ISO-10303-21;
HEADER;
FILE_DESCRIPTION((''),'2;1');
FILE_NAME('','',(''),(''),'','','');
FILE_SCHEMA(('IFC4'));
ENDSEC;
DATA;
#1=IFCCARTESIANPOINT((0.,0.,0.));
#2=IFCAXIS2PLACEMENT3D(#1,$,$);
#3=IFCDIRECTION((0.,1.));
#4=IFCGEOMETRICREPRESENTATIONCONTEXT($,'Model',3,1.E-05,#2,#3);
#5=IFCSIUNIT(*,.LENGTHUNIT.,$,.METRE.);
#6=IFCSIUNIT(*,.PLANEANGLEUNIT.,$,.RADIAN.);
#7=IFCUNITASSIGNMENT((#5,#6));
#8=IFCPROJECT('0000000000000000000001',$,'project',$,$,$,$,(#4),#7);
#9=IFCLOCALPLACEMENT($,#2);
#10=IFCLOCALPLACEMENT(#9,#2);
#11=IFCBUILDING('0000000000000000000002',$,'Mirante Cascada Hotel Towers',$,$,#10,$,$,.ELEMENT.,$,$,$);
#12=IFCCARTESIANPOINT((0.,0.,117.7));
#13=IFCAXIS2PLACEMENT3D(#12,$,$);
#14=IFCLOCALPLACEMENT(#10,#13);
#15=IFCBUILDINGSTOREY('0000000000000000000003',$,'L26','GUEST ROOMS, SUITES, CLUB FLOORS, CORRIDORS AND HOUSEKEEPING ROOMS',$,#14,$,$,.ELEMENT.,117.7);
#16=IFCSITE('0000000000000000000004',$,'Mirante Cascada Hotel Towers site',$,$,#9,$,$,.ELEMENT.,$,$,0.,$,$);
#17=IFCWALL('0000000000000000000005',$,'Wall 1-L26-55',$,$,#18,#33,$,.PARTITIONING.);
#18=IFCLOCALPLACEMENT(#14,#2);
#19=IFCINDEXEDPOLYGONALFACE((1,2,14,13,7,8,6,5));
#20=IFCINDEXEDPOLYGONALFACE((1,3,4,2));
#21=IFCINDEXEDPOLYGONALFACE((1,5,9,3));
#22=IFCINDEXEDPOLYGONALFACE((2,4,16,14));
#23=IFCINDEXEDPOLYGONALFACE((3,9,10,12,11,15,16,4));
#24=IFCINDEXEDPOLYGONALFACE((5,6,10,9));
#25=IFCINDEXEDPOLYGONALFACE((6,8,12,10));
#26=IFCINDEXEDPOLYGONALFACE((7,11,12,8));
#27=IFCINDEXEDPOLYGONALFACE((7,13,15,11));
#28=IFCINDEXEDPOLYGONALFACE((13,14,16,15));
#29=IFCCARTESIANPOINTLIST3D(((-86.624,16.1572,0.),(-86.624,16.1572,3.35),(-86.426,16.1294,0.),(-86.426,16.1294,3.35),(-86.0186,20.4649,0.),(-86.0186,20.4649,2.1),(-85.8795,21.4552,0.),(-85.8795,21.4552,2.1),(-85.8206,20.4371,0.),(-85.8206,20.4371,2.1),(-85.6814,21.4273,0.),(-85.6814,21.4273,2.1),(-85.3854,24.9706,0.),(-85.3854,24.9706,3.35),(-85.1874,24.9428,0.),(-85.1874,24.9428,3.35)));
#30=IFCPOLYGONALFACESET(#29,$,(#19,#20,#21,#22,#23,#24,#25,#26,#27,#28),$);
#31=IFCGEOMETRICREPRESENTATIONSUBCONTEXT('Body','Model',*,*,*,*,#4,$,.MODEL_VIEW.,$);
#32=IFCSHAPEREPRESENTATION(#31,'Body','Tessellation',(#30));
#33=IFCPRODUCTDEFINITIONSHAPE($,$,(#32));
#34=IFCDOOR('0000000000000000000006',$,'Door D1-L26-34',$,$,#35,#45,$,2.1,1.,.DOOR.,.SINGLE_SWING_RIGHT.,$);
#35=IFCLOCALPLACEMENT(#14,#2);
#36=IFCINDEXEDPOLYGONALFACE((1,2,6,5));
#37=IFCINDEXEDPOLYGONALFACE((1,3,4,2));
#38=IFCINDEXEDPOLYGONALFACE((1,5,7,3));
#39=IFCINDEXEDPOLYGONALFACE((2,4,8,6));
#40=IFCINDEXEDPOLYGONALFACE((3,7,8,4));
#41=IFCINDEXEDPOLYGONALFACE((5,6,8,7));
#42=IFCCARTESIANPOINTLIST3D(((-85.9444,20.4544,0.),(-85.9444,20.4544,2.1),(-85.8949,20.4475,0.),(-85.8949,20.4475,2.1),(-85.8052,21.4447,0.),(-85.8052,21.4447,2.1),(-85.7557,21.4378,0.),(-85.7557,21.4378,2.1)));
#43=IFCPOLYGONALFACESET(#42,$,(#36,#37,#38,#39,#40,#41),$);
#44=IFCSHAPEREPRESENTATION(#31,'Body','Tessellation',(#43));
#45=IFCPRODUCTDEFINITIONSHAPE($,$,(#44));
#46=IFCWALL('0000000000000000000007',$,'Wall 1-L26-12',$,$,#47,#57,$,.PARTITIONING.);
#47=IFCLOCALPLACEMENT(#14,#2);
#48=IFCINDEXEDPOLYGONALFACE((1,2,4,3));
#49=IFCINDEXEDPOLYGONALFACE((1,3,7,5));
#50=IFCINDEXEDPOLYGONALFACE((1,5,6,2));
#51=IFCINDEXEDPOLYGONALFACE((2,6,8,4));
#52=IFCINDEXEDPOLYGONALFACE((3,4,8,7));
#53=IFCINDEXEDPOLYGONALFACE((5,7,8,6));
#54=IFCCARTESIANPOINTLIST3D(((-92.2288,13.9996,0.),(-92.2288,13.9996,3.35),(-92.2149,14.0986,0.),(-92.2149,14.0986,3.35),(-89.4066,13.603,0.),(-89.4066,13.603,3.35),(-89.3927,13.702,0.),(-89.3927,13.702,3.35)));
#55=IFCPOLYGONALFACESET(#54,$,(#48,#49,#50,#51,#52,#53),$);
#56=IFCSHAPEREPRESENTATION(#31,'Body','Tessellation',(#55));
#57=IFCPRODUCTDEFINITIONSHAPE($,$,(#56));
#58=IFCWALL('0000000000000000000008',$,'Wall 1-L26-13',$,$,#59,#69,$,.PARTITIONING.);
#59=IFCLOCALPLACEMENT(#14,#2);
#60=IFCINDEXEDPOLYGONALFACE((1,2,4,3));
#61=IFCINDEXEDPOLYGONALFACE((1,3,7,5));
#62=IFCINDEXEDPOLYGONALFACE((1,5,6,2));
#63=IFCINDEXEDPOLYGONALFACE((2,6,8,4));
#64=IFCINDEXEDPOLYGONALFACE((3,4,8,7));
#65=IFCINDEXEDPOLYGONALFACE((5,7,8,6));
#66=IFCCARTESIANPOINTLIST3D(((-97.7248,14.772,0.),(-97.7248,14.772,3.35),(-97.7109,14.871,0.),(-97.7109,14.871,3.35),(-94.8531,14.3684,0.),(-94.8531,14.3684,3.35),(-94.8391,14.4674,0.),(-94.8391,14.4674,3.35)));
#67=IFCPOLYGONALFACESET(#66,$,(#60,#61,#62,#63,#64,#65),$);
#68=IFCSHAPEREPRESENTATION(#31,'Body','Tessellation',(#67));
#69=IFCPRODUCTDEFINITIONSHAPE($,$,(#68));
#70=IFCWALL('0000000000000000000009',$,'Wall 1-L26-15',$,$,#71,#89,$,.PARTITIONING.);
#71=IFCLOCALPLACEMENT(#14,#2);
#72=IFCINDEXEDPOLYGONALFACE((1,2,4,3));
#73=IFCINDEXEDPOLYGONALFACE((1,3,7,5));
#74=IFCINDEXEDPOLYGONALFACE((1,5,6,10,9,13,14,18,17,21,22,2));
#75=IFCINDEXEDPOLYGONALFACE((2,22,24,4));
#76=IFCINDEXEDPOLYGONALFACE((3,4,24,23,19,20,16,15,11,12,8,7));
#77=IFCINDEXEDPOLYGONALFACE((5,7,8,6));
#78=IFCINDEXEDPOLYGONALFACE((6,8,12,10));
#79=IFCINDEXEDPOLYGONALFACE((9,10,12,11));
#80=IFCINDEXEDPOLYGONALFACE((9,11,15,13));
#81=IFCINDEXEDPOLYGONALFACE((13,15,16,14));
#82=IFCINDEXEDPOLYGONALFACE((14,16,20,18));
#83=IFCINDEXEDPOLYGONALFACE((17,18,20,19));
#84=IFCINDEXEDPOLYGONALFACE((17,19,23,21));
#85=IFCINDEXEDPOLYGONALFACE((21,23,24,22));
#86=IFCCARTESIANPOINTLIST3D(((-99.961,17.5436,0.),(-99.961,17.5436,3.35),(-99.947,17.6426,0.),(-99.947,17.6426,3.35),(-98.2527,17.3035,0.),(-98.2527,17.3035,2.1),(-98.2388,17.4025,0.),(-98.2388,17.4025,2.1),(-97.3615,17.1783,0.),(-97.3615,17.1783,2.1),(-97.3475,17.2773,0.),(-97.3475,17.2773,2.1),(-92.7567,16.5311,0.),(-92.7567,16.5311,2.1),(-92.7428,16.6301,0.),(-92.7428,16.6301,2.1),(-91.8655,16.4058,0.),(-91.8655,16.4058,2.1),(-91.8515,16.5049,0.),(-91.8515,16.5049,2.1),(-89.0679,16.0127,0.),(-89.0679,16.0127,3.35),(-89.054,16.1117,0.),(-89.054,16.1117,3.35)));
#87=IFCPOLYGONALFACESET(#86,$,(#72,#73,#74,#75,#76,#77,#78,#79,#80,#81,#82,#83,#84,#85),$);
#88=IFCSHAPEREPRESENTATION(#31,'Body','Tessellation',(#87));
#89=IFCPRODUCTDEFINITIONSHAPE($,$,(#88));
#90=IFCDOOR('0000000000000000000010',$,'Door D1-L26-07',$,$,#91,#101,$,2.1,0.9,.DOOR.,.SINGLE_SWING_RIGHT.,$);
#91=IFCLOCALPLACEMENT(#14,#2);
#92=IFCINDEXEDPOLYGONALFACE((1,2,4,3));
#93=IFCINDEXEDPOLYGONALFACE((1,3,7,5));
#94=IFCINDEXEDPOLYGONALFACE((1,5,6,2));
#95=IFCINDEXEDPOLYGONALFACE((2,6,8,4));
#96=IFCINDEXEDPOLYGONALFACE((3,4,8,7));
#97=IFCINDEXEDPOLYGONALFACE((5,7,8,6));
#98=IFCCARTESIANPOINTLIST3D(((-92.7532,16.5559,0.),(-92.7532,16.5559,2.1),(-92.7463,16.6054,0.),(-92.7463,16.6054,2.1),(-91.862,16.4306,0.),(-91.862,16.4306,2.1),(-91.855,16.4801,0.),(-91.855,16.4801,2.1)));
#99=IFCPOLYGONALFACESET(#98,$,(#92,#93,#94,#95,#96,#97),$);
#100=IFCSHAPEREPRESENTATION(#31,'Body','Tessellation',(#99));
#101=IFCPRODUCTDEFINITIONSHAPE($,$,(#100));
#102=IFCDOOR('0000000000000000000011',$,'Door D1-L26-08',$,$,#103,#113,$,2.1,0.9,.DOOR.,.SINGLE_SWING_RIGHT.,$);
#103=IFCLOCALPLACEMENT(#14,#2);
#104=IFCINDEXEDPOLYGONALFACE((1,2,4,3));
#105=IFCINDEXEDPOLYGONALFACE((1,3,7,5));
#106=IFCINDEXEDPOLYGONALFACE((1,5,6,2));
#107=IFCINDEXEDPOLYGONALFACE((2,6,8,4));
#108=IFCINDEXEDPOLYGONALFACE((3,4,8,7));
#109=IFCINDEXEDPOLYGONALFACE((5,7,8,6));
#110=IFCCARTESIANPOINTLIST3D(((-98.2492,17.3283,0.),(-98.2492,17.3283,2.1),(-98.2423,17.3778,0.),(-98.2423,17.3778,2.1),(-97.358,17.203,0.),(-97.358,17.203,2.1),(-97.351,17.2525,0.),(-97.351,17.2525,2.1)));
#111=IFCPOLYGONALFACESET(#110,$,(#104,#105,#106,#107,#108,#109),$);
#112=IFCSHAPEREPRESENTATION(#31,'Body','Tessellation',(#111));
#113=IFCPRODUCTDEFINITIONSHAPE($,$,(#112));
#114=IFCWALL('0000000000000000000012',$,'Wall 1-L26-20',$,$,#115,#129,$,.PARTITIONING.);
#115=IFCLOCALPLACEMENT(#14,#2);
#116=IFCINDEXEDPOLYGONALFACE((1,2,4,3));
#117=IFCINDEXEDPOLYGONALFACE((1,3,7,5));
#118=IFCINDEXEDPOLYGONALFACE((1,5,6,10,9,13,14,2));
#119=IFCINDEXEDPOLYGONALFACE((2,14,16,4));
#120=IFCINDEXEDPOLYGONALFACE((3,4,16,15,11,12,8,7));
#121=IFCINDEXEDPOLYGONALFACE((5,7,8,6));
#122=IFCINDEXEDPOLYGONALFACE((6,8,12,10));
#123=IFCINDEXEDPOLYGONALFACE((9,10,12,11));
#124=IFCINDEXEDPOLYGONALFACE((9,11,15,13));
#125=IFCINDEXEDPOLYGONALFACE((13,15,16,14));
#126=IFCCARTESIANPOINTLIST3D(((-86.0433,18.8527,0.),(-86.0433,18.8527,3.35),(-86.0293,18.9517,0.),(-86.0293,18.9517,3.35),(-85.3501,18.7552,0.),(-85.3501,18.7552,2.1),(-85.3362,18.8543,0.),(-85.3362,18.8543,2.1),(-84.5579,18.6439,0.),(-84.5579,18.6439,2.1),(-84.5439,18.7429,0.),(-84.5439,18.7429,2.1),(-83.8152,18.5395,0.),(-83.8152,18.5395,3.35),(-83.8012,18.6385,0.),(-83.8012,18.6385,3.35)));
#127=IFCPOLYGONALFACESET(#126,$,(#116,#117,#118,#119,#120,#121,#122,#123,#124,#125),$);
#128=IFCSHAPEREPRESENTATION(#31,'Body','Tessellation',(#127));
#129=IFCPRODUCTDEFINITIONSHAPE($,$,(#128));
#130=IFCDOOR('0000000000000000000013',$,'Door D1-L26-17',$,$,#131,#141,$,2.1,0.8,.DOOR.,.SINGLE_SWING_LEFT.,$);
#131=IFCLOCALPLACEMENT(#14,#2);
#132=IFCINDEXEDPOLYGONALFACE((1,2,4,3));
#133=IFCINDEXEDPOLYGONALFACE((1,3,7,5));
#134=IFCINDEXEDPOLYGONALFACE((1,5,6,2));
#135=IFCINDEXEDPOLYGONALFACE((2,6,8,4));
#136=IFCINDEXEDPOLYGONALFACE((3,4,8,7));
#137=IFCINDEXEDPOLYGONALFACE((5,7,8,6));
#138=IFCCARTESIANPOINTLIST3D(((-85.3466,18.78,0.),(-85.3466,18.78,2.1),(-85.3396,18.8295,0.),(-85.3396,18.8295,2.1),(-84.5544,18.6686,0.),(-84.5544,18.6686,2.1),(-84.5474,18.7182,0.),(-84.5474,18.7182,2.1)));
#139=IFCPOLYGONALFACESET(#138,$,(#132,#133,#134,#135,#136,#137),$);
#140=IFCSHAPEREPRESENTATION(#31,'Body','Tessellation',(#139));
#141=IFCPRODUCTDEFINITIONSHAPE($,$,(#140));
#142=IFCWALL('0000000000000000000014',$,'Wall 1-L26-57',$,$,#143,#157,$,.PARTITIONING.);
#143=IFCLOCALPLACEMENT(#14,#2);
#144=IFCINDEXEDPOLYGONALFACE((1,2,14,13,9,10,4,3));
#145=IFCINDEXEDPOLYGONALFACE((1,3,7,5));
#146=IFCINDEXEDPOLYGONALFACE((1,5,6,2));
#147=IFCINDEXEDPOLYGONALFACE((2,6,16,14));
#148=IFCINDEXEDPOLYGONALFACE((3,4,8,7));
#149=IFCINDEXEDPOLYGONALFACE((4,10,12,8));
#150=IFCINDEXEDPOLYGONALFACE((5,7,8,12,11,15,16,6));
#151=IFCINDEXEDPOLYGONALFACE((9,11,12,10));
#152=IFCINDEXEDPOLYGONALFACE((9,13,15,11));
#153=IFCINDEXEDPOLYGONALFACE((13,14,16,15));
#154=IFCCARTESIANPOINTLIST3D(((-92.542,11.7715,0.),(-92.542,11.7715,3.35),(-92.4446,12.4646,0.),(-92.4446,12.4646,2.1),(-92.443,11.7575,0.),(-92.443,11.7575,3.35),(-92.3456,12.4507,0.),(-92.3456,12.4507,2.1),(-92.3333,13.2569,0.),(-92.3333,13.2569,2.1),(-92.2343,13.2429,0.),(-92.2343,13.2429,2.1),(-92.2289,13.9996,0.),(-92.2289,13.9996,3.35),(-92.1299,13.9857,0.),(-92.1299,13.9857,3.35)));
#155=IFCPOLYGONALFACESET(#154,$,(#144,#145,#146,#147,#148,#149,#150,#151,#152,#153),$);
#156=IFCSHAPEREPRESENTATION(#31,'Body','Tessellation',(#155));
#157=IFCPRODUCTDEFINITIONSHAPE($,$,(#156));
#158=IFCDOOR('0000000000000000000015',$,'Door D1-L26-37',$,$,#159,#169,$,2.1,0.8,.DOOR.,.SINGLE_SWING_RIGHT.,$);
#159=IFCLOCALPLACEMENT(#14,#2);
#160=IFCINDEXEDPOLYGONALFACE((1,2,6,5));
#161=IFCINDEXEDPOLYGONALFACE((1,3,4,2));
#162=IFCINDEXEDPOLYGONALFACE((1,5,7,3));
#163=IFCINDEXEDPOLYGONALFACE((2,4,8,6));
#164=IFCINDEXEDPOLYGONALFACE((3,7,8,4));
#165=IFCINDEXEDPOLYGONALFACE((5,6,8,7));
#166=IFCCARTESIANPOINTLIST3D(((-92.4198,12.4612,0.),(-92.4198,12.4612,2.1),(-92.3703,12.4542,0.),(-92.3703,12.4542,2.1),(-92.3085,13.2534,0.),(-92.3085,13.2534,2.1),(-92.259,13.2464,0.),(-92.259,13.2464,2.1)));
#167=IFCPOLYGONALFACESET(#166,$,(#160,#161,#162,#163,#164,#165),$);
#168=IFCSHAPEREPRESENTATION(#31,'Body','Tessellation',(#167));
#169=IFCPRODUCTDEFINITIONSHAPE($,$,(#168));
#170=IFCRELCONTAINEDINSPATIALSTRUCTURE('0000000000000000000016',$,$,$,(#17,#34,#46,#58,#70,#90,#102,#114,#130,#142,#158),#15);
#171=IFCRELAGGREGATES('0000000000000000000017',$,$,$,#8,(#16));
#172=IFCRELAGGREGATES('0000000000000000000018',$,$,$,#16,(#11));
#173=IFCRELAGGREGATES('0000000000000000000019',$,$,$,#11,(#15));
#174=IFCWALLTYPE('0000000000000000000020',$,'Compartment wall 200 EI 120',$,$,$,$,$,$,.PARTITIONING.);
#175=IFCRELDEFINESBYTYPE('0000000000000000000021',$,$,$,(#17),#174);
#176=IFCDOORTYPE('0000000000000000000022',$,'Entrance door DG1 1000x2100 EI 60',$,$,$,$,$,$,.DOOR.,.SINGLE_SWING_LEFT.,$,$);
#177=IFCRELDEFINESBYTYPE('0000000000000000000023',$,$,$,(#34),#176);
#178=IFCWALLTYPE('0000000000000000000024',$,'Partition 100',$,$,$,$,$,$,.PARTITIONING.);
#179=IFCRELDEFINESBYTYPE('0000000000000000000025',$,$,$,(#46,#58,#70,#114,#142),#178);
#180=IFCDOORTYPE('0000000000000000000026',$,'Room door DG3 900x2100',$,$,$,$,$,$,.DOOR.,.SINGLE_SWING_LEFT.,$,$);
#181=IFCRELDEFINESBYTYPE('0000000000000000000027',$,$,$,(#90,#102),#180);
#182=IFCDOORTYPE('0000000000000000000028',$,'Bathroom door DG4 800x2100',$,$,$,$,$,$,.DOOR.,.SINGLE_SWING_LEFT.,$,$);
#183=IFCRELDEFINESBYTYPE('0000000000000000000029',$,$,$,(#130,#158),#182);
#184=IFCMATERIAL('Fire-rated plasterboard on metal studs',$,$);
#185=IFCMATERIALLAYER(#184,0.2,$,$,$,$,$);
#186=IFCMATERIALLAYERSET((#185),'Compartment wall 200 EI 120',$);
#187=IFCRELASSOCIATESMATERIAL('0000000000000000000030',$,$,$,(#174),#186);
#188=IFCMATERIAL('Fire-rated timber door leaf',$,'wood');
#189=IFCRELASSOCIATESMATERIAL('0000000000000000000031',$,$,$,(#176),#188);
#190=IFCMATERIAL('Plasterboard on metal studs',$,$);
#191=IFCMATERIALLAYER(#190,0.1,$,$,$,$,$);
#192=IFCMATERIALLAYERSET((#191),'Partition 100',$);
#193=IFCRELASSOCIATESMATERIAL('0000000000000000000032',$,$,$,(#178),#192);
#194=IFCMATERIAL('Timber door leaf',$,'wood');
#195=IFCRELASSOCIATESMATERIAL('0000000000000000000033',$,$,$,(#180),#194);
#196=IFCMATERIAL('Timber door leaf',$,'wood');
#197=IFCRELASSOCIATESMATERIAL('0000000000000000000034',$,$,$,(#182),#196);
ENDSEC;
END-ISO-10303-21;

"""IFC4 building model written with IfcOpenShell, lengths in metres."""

from ifc_helpers import new_model, si_unit, direction, frame, frame_2d, origin, place, context, subcontext, project, spatial, rectangle, extrude, material, layer, layer_set, type_object, element, fill, save


model = new_model("IFC4")

# Units and contexts
model_context = context("Model", 3, precision=1e-05, world=origin(), true_north=direction((0.0, 1.0)))
body_context = subcontext(model_context, "Body", "Model", "MODEL_VIEW")
ifc_project = project(units=[si_unit("LENGTHUNIT", "METRE"), si_unit("PLANEANGLEUNIT", "RADIAN")], contexts=[model_context])

# Site, building, storey
site_placement = place(None, origin())
site = spatial("IfcSite", under=ifc_project, at=site_placement, Name="Mirante Cascada Hotel Towers site", CompositionType="ELEMENT", RefElevation=0.0)
building_placement = place(site_placement, origin())
building = spatial("IfcBuilding", under=site, at=building_placement, Name="Mirante Cascada Hotel Towers", CompositionType="ELEMENT")
storey_placement = place(building_placement, frame((0.0, 0.0, 117.7)))
storey = spatial("IfcBuildingStorey", under=building, at=storey_placement, Name="L26", Description="GUEST ROOMS, SUITES, CLUB FLOORS, CORRIDORS AND HOUSEKEEPING ROOMS", CompositionType="ELEMENT", Elevation=117.7)

# Shared definitions
ifc_material_1 = material(Name="Fire-rated plasterboard on metal studs")
ifc_layer_1 = layer(ifc_material_1, 0.2)
ifc_layer_set_1 = layer_set([ifc_layer_1], Name="Compartment wall 200 EI 120")
wall_type_1 = type_object("IfcWallType", Name="Compartment wall 200 EI 120", PredefinedType="PARTITIONING", material=ifc_layer_set_1)
ifc_material_2 = material(Name="Fire-rated timber door leaf", Category="wood")
door_type_1 = type_object("IfcDoorType", Name="Entrance door DG1 1000x2100 EI 60", OperationType="SINGLE_SWING_LEFT", PredefinedType="DOOR", material=ifc_material_2)

# Wall, opening, door
wall_1_placement = place(storey_placement, frame((-86.525, 16.1433, 0.0), z_axis=(0.0, 0.0, 1.0), x_axis=(0.139168, 0.990269, 0.0)))
wall_1 = element("IfcWall", 1, at=wall_1_placement, inside=storey, type_object=wall_type_1, Name="Wall 1-L26-55", PredefinedType="PARTITIONING", context=body_context, shape_type="SweptSolid", body=[
    extrude(rectangle(XDim=8.9, YDim=0.2, at=frame_2d((4.45, 0.0))), origin(), (0.0, 0.0, 1.0), 3.35),
])
opening_1_placement = place(wall_1_placement, frame((4.35, 0.0, 0.0)))
opening_1 = element("IfcOpeningElement", 2, at=opening_1_placement, cuts=wall_1, PredefinedType="OPENING", context=body_context, shape_type="SweptSolid", body=[
    extrude(rectangle(XDim=1.0, YDim=2.1, at=frame_2d((0.5, 1.05))), frame((0.0, 0.1, 0.0), z_axis=(0.0, -1.0, 0.0), x_axis=(1.0, 0.0, 0.0)), (0.0, 0.0, 1.0), 0.2),
])
door_1_placement = place(opening_1_placement, frame((1.0, 0.0, 0.0), z_axis=(0.0, 0.0, 1.0), x_axis=(-1.0, 0.0, 0.0)))
door_1 = element("IfcDoor", 3, at=door_1_placement, inside=storey, type_object=door_type_1, Name="Door D1-L26-34", OperationType="SINGLE_SWING_RIGHT", OverallHeight=2.1, OverallWidth=1.0, PredefinedType="DOOR", context=body_context, shape_type="SweptSolid", body=[
    extrude(rectangle(XDim=1.0, YDim=2.1, at=frame_2d((0.5, 1.05))), frame((0.0, 0.025, 0.0), z_axis=(0.0, -1.0, 0.0), x_axis=(1.0, 0.0, 0.0)), (0.0, 0.0, 1.0), 0.05),
])
fill(opening_1, door_1)

# Walls
ifc_material_3 = material(Name="Plasterboard on metal studs")
ifc_layer_2 = layer(ifc_material_3, 0.1)
ifc_layer_set_2 = layer_set([ifc_layer_2], Name="Partition 100")
wall_type_2 = type_object("IfcWallType", Name="Partition 100", PredefinedType="PARTITIONING", material=ifc_layer_set_2)
wall_2_placement = place(storey_placement, frame((-92.2219, 14.0491, 0.0), z_axis=(0.0, 0.0, 1.0), x_axis=(0.99027, -0.139161, 0.0)))
element("IfcWall", 4, at=wall_2_placement, inside=storey, type_object=wall_type_2, Name="Wall 1-L26-12", PredefinedType="PARTITIONING", context=body_context, shape_type="SweptSolid", body=[
    extrude(rectangle(XDim=2.8499, YDim=0.1, at=frame_2d((1.425, 0.0))), origin(), (0.0, 0.0, 1.0), 3.35),
])
wall_3_placement = place(storey_placement, frame((-94.8461, 14.4179, 0.0), z_axis=(0.0, 0.0, 1.0), x_axis=(-0.990268, 0.139171, 0.0)))
element("IfcWall", 5, at=wall_3_placement, inside=storey, type_object=wall_type_2, Name="Wall 1-L26-13", PredefinedType="PARTITIONING", context=body_context, shape_type="SweptSolid", body=[
    extrude(rectangle(XDim=2.9, YDim=0.1, at=frame_2d((1.45, 0.0))), origin(), (0.0, 0.0, 1.0), 3.35),
])

# Wall, openings, doors
wall_4_placement = place(storey_placement, frame((-89.061, 16.0622, 0.0), z_axis=(0.0, 0.0, 1.0), x_axis=(-0.990268, 0.139172, 0.0)))
wall_4 = element("IfcWall", 6, at=wall_4_placement, inside=storey, type_object=wall_type_2, Name="Wall 1-L26-15", PredefinedType="PARTITIONING", context=body_context, shape_type="SweptSolid", body=[
    extrude(rectangle(XDim=11.0001, YDim=0.1, at=frame_2d((5.5, 0.0))), origin(), (0.0, 0.0, 1.0), 3.35),
])
opening_2_placement = place(wall_4_placement, frame((2.825, 0.0, 0.0)))
opening_2 = element("IfcOpeningElement", 7, at=opening_2_placement, cuts=wall_4, PredefinedType="OPENING", context=body_context, shape_type="SweptSolid", body=[
    extrude(rectangle(XDim=0.9, YDim=2.1, at=frame_2d((0.45, 1.05))), frame((0.0, 0.05, 0.0), z_axis=(0.0, -1.0, 0.0), x_axis=(1.0, 0.0, 0.0)), (0.0, 0.0, 1.0), 0.1),
])
opening_3_placement = place(wall_4_placement, frame((8.375, 0.0, 0.0)))
opening_3 = element("IfcOpeningElement", 8, at=opening_3_placement, cuts=wall_4, PredefinedType="OPENING", context=body_context, shape_type="SweptSolid", body=[
    extrude(rectangle(XDim=0.9, YDim=2.1, at=frame_2d((0.45, 1.05))), frame((0.0, 0.05, 0.0), z_axis=(0.0, -1.0, 0.0), x_axis=(1.0, 0.0, 0.0)), (0.0, 0.0, 1.0), 0.1),
])
ifc_material_4 = material(Name="Timber door leaf", Category="wood")
door_type_2 = type_object("IfcDoorType", Name="Room door DG3 900x2100", OperationType="SINGLE_SWING_LEFT", PredefinedType="DOOR", material=ifc_material_4)
door_2_placement = place(opening_2_placement, frame((0.9, 0.0, 0.0), z_axis=(0.0, 0.0, 1.0), x_axis=(-1.0, 0.0, 0.0)))
door_2 = element("IfcDoor", 9, at=door_2_placement, inside=storey, type_object=door_type_2, Name="Door D1-L26-07", OperationType="SINGLE_SWING_RIGHT", OverallHeight=2.1, OverallWidth=0.9, PredefinedType="DOOR", context=body_context, shape_type="SweptSolid", body=[
    extrude(rectangle(XDim=0.9, YDim=2.1, at=frame_2d((0.45, 1.05))), frame((0.0, 0.025, 0.0), z_axis=(0.0, -1.0, 0.0), x_axis=(1.0, 0.0, 0.0)), (0.0, 0.0, 1.0), 0.05),
])
fill(opening_2, door_2)
door_3_placement = place(opening_3_placement, frame((0.9, 0.0, 0.0), z_axis=(0.0, 0.0, 1.0), x_axis=(-1.0, 0.0, 0.0)))
door_3 = element("IfcDoor", 10, at=door_3_placement, inside=storey, type_object=door_type_2, Name="Door D1-L26-08", OperationType="SINGLE_SWING_RIGHT", OverallHeight=2.1, OverallWidth=0.9, PredefinedType="DOOR", context=body_context, shape_type="SweptSolid", body=[
    extrude(rectangle(XDim=0.9, YDim=2.1, at=frame_2d((0.45, 1.05))), frame((0.0, 0.025, 0.0), z_axis=(0.0, -1.0, 0.0), x_axis=(1.0, 0.0, 0.0)), (0.0, 0.0, 1.0), 0.05),
])
fill(opening_3, door_3)

# Walls, openings, doors
wall_5_placement = place(storey_placement, frame((-86.0363, 18.9022, 0.0), z_axis=(0.0, 0.0, 1.0), x_axis=(0.990264, -0.1392, 0.0)))
wall_5 = element("IfcWall", 11, at=wall_5_placement, inside=storey, type_object=wall_type_2, Name="Wall 1-L26-20", PredefinedType="PARTITIONING", context=body_context, shape_type="SweptSolid", body=[
    extrude(rectangle(XDim=2.25, YDim=0.1, at=frame_2d((1.125, 0.0))), origin(), (0.0, 0.0, 1.0), 3.35),
])
opening_4_placement = place(wall_5_placement, frame((0.7, 0.0, 0.0)))
opening_4 = element("IfcOpeningElement", 12, at=opening_4_placement, cuts=wall_5, PredefinedType="OPENING", context=body_context, shape_type="SweptSolid", body=[
    extrude(rectangle(XDim=0.8, YDim=2.1, at=frame_2d((0.4, 1.05))), frame((0.0, 0.05, 0.0), z_axis=(0.0, -1.0, 0.0), x_axis=(1.0, 0.0, 0.0)), (0.0, 0.0, 1.0), 0.1),
])
ifc_material_5 = material(Name="Timber door leaf", Category="wood")
door_type_3 = type_object("IfcDoorType", Name="Bathroom door DG4 800x2100", OperationType="SINGLE_SWING_LEFT", PredefinedType="DOOR", material=ifc_material_5)
door_4_placement = place(opening_4_placement, origin())
door_4 = element("IfcDoor", 13, at=door_4_placement, inside=storey, type_object=door_type_3, Name="Door D1-L26-17", OperationType="SINGLE_SWING_LEFT", OverallHeight=2.1, OverallWidth=0.8, PredefinedType="DOOR", context=body_context, shape_type="SweptSolid", body=[
    extrude(rectangle(XDim=0.8, YDim=2.1, at=frame_2d((0.4, 1.05))), frame((0.0, 0.025, 0.0), z_axis=(0.0, -1.0, 0.0), x_axis=(1.0, 0.0, 0.0)), (0.0, 0.0, 1.0), 0.05),
])
fill(opening_4, door_4)
wall_6_placement = place(storey_placement, frame((-92.4925, 11.7645, 0.0), z_axis=(0.0, 0.0, 1.0), x_axis=(0.139156, 0.990271, 0.0)))
wall_6 = element("IfcWall", 14, at=wall_6_placement, inside=storey, type_object=wall_type_2, Name="Wall 1-L26-57", PredefinedType="PARTITIONING", context=body_context, shape_type="SweptSolid", body=[
    extrude(rectangle(XDim=2.25, YDim=0.1, at=frame_2d((1.125, 0.0))), origin(), (0.0, 0.0, 1.0), 3.35),
])
opening_5_placement = place(wall_6_placement, frame((0.7, 0.0, 0.0)))
opening_5 = element("IfcOpeningElement", 15, at=opening_5_placement, cuts=wall_6, PredefinedType="OPENING", context=body_context, shape_type="SweptSolid", body=[
    extrude(rectangle(XDim=0.8, YDim=2.1, at=frame_2d((0.4, 1.05))), frame((0.0, 0.05, 0.0), z_axis=(0.0, -1.0, 0.0), x_axis=(1.0, 0.0, 0.0)), (0.0, 0.0, 1.0), 0.1),
])
door_5_placement = place(opening_5_placement, frame((0.8, 0.0, 0.0), z_axis=(0.0, 0.0, 1.0), x_axis=(-1.0, 0.0, 0.0)))
door_5 = element("IfcDoor", 16, at=door_5_placement, inside=storey, type_object=door_type_3, Name="Door D1-L26-37", OperationType="SINGLE_SWING_RIGHT", OverallHeight=2.1, OverallWidth=0.8, PredefinedType="DOOR", context=body_context, shape_type="SweptSolid", body=[
    extrude(rectangle(XDim=0.8, YDim=2.1, at=frame_2d((0.4, 1.05))), frame((0.0, 0.025, 0.0), z_axis=(0.0, -1.0, 0.0), x_axis=(1.0, 0.0, 0.0)), (0.0, 0.0, 1.0), 0.05),
])
fill(opening_5, door_5)

save(model, "model.ifc")
